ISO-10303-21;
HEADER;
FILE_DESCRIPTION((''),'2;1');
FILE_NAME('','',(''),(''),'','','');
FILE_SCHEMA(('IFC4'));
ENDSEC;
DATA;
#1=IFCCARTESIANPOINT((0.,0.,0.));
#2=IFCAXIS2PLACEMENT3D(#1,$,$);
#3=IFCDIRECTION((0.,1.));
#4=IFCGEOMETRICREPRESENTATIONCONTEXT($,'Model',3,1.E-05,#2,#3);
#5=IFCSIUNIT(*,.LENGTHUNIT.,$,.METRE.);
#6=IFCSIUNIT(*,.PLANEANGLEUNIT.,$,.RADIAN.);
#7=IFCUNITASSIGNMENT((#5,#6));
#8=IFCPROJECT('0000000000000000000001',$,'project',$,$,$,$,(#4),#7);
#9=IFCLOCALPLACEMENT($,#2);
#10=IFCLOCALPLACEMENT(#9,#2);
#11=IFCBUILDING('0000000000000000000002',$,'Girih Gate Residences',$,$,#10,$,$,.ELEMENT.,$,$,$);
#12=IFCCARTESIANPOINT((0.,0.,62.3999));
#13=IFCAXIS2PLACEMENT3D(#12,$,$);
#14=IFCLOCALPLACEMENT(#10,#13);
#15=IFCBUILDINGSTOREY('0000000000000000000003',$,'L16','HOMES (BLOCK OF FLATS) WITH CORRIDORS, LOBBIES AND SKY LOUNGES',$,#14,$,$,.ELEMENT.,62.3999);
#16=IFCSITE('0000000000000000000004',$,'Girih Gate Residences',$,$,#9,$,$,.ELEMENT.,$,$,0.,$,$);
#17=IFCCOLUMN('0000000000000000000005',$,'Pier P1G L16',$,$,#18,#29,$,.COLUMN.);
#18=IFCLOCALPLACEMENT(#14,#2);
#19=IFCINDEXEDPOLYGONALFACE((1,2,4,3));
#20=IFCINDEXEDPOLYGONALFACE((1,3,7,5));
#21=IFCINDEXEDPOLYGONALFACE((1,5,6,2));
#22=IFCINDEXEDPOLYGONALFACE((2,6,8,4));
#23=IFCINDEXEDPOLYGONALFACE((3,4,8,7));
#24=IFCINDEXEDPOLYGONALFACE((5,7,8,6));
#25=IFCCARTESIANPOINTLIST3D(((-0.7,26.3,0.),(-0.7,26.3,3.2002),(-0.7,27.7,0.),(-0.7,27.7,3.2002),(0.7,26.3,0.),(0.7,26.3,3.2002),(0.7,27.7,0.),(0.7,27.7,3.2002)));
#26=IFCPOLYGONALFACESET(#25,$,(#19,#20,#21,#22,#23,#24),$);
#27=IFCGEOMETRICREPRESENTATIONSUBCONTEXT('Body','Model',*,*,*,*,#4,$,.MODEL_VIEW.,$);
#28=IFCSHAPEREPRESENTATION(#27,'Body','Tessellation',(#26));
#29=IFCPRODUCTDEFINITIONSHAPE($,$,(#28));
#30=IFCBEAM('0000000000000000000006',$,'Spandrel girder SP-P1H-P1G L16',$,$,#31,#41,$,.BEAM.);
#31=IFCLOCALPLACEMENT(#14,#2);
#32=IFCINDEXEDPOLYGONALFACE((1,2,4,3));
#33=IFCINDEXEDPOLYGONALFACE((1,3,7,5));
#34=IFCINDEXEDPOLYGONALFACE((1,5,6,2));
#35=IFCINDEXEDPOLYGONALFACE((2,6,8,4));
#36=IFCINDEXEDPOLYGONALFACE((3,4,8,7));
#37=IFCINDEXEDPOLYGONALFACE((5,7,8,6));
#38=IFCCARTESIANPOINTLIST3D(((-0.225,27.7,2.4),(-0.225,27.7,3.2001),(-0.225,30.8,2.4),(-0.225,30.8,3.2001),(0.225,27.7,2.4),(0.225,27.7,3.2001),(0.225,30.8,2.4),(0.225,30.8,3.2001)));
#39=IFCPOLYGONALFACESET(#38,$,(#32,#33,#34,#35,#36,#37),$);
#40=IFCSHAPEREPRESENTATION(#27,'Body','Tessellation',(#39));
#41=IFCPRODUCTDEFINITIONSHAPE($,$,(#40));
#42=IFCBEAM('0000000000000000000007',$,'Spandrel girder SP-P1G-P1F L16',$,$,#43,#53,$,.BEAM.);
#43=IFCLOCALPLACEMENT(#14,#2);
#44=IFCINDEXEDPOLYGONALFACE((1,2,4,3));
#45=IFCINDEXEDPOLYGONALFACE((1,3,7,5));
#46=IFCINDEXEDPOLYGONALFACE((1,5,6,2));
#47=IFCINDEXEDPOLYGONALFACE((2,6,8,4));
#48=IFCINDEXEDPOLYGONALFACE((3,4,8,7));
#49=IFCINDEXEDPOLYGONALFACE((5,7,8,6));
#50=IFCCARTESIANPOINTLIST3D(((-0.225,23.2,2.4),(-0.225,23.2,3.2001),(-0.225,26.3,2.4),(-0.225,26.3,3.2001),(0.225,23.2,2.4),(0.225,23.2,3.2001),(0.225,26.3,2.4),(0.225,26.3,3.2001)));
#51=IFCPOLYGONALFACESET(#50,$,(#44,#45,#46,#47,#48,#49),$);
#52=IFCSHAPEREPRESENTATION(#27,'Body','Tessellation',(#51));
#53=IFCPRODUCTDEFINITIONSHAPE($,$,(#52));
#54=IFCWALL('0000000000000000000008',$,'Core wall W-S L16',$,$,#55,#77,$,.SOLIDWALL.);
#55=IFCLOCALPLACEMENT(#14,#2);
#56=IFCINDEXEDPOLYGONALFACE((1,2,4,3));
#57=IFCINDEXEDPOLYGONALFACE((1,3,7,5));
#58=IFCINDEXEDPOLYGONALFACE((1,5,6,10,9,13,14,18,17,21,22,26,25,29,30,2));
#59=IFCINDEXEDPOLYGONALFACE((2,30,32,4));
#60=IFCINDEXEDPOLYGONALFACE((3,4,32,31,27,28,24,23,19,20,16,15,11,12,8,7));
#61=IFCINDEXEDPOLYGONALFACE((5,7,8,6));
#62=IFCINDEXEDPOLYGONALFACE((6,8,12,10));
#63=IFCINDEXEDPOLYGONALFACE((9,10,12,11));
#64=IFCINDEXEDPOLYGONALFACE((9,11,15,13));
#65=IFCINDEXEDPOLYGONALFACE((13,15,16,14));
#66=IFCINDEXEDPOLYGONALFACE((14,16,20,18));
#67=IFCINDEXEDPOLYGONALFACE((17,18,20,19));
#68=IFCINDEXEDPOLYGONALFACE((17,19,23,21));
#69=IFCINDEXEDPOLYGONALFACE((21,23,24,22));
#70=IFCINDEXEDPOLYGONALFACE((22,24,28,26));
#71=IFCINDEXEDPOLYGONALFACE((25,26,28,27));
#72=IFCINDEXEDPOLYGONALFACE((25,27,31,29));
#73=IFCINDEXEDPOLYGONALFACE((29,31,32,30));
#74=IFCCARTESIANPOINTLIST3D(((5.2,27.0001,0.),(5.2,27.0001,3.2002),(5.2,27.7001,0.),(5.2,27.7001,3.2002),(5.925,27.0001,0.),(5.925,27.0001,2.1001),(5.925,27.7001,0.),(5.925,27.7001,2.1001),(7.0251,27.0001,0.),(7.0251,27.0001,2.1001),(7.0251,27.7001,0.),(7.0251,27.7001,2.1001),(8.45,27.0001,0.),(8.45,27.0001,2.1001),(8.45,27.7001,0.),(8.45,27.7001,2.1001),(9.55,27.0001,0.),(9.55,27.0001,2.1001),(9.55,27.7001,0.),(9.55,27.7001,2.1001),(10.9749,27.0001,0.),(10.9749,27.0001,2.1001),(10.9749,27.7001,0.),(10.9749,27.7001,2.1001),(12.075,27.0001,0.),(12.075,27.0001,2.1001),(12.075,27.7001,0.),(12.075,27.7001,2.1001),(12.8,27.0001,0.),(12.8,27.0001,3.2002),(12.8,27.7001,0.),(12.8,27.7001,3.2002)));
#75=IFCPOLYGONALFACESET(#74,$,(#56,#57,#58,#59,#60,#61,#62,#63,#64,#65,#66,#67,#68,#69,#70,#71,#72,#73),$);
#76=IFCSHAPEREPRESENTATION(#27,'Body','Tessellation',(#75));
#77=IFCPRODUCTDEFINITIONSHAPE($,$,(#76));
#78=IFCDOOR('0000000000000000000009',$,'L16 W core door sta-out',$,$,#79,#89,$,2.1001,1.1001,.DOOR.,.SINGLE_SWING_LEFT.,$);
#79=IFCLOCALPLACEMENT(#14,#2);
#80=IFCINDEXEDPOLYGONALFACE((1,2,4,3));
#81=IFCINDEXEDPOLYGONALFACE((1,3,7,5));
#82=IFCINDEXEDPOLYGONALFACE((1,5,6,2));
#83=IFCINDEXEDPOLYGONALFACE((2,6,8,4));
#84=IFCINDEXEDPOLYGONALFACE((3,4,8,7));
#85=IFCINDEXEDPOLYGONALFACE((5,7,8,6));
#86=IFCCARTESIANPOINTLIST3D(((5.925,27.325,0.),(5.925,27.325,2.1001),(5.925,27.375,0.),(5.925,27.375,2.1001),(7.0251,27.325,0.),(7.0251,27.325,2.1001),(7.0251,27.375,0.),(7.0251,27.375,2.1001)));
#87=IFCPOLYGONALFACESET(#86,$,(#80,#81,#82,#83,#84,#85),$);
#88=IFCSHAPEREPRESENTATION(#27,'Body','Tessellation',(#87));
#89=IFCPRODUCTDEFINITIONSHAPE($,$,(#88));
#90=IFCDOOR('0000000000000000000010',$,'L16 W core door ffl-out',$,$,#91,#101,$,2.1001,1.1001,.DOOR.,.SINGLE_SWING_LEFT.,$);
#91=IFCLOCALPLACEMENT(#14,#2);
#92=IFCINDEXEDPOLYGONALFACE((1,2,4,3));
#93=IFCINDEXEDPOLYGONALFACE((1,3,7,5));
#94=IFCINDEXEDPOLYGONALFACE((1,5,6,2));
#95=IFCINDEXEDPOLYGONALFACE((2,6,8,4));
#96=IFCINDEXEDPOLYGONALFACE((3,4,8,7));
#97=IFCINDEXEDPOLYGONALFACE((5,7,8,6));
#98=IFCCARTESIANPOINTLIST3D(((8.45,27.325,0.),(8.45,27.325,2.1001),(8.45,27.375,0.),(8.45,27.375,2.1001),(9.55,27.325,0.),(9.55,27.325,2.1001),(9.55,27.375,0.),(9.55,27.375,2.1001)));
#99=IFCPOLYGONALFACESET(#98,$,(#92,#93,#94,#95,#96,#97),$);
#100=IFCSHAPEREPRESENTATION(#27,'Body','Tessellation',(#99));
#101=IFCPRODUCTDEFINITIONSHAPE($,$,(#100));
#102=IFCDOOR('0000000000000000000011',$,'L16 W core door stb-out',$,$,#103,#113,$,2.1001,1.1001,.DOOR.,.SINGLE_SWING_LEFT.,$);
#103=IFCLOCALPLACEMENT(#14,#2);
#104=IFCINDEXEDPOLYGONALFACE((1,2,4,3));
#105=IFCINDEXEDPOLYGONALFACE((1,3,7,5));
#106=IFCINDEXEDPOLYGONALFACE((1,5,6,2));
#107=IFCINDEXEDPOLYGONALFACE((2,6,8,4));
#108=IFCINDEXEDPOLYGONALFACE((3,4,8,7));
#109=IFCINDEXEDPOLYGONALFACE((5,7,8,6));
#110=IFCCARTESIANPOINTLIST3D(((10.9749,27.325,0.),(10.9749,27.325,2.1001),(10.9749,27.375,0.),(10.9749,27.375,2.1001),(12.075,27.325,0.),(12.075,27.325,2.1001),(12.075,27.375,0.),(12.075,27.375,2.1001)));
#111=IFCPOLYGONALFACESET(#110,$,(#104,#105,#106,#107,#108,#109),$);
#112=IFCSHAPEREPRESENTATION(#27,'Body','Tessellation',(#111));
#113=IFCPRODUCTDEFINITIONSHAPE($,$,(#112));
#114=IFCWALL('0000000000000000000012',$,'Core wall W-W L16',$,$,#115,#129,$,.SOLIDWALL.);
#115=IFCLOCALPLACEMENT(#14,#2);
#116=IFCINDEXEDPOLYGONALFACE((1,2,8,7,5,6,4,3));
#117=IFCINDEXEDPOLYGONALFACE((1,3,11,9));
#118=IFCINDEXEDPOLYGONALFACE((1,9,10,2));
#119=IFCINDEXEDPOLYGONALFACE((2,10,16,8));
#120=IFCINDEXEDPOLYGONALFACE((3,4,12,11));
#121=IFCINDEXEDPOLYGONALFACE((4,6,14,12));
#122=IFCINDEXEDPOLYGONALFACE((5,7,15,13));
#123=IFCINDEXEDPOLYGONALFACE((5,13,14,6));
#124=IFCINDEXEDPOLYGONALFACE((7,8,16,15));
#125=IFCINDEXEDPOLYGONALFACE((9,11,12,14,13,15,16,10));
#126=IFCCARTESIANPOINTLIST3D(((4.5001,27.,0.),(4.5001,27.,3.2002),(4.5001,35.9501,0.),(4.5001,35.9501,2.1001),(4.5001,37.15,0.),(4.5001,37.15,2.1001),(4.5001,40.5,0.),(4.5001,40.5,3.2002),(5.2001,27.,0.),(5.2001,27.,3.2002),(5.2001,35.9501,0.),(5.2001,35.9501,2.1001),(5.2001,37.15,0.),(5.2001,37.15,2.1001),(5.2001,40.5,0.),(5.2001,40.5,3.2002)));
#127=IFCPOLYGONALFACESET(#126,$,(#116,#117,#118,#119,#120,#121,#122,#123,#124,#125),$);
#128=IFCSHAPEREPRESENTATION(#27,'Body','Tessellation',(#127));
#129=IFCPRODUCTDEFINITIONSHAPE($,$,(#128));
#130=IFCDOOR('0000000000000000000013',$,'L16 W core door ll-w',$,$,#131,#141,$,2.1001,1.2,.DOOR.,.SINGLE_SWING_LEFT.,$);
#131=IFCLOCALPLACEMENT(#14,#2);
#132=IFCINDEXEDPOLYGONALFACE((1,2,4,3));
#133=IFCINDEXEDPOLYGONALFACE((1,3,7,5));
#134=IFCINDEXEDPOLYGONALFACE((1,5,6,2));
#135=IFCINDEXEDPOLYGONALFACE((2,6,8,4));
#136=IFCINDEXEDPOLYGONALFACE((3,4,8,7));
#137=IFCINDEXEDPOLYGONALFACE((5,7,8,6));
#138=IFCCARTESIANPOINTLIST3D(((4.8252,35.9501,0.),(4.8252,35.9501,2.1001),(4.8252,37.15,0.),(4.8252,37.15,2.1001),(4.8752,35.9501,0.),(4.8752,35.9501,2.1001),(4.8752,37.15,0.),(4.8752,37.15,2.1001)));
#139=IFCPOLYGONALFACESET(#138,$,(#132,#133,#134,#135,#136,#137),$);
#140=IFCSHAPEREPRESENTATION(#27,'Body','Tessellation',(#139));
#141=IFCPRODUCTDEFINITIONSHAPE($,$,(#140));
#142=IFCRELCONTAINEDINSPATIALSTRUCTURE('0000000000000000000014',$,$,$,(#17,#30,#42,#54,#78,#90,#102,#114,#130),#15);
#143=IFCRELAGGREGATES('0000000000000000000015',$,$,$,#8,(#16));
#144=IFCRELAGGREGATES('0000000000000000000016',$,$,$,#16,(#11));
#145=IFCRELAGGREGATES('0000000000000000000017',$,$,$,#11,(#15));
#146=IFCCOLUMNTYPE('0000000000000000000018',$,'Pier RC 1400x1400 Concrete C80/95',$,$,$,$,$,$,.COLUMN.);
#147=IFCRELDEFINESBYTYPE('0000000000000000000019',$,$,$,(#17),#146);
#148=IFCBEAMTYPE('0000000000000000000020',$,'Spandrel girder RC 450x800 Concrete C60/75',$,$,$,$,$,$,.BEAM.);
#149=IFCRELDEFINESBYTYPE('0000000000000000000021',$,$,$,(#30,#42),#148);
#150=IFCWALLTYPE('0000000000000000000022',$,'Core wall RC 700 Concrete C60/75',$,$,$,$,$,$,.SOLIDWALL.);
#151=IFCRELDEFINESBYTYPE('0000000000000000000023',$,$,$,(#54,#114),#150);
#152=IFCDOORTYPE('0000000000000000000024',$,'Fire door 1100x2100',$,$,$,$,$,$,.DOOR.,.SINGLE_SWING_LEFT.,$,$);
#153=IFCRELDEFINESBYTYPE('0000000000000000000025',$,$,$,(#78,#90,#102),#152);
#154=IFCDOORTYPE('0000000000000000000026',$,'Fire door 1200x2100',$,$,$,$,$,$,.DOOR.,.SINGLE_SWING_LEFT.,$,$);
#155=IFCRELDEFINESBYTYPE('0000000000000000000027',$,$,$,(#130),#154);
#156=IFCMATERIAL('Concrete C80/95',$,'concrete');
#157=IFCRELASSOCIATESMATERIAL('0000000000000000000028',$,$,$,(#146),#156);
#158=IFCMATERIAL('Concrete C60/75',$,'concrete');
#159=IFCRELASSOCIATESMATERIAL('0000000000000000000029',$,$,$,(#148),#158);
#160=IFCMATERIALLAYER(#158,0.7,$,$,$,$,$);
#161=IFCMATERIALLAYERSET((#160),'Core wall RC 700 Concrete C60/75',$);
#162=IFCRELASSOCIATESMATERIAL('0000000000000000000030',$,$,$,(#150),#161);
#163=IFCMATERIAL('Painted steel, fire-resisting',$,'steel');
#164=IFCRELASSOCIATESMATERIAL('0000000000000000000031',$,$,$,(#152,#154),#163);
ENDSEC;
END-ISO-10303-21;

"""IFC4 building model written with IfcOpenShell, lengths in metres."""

from ifc_helpers import new_model, si_unit, direction, frame, frame_2d, origin, origin_2d, place, context, subcontext, project, spatial, rectangle, extrude, material, layer, layer_set, material_profile, profile_set, type_object, element, fill, save


model = new_model("IFC4")

# Units and contexts
model_context = context("Model", 3, precision=1e-05, world=origin(), true_north=direction((0.0, 1.0)))
body_context = subcontext(model_context, "Body", "Model", "MODEL_VIEW")
ifc_project = project(units=[si_unit("LENGTHUNIT", "METRE"), si_unit("PLANEANGLEUNIT", "RADIAN")], contexts=[model_context])

# Site, building, storey
site_placement = place(None, origin())
site = spatial("IfcSite", under=ifc_project, at=site_placement, Name="Girih Gate Residences", CompositionType="ELEMENT", RefElevation=0.0)
building_placement = place(site_placement, origin())
building = spatial("IfcBuilding", under=site, at=building_placement, Name="Girih Gate Residences", CompositionType="ELEMENT")
storey_placement = place(building_placement, frame((0.0, 0.0, 62.3999)))
storey = spatial("IfcBuildingStorey", under=building, at=storey_placement, Name="L16", Description="HOMES (BLOCK OF FLATS) WITH CORRIDORS, LOBBIES AND SKY LOUNGES", CompositionType="ELEMENT", Elevation=62.3999)

# Column
ifc_material_1 = material(Name="Concrete C80/95", Category="concrete")
ifc_material_profile_1 = material_profile(ifc_material_1, rectangle(XDim=1.3999, YDim=1.3999, at=origin_2d()))
ifc_profile_set_1 = profile_set([ifc_material_profile_1], Name="Concrete C80/95")
column_type = type_object("IfcColumnType", Name="Pier RC 1400x1400 Concrete C80/95", PredefinedType="COLUMN", material=ifc_profile_set_1)
column_placement = place(storey_placement, frame((0.0, 27.0, 0.0), z_axis=(0.0, 0.0, 1.0), x_axis=(1.0, 0.0, 0.0)))
element("IfcColumn", 1, at=column_placement, inside=storey, type_object=column_type, Name="Pier P1G L16", PredefinedType="COLUMN", context=body_context, shape_type="SweptSolid", body=[
    extrude(rectangle(XDim=1.3999, YDim=1.3999, at=origin_2d()), origin(), (0.0, 0.0, 1.0), 3.2002),
])

# Beams
ifc_material_2 = material(Name="Concrete C60/75", Category="concrete")
ifc_material_profile_2 = material_profile(ifc_material_2, rectangle(XDim=0.45, YDim=0.8, at=origin_2d()))
ifc_profile_set_2 = profile_set([ifc_material_profile_2], Name="Concrete C60/75")
beam_type = type_object("IfcBeamType", Name="Spandrel girder RC 450x800 Concrete C60/75", PredefinedType="BEAM", material=ifc_profile_set_2)
for number, where, z_axis, x_axis, name in (
    (2, (0.0, 30.8, 2.8), (0.0, -1.0, 0.0), (1.0, 0.0, 0.0), "Spandrel girder SP-P1H-P1G L16"),
    (3, (0.0, 26.3, 2.8), (0.0, -1.0, 0.0), (1.0, 0.0, 0.0), "Spandrel girder SP-P1G-P1F L16"),
):
    element("IfcBeam", number, at=place(storey_placement, frame(where, z_axis=z_axis, x_axis=x_axis)), inside=storey, type_object=beam_type, Name=name, PredefinedType="BEAM", context=body_context, shape_type="SweptSolid", body=[
        extrude(rectangle(XDim=0.45, YDim=0.8, at=origin_2d()), origin(), (0.0, 0.0, 1.0), 3.1001),
    ])

# Wall, openings, doors
ifc_layer_1 = layer(ifc_material_2, 0.7)
ifc_layer_set_1 = layer_set([ifc_layer_1], Name="Core wall RC 700 Concrete C60/75")
wall_type_1 = type_object("IfcWallType", Name="Core wall RC 700 Concrete C60/75", PredefinedType="SOLIDWALL", material=ifc_layer_set_1)
wall_1_placement = place(storey_placement, frame((5.2, 27.3501, 0.0), z_axis=(0.0, 0.0, 1.0), x_axis=(1.0, 0.0, 0.0)))
wall_1 = element("IfcWall", 4, at=wall_1_placement, inside=storey, type_object=wall_type_1, Name="Core wall W-S L16", PredefinedType="SOLIDWALL", context=body_context, shape_type="SweptSolid", body=[
    extrude(rectangle(XDim=7.6001, YDim=0.7, at=frame_2d((3.8, 0.0))), origin(), (0.0, 0.0, 1.0), 3.2002),
])
opening_1_placement = place(wall_1_placement, frame((0.7251, 0.0, 0.0)))
opening_1 = element("IfcOpeningElement", 5, at=opening_1_placement, cuts=wall_1, PredefinedType="OPENING", context=body_context, shape_type="SweptSolid", body=[
    extrude(rectangle(XDim=1.1001, YDim=2.1001, at=frame_2d((0.55, 1.05))), frame((0.0, 0.3599, 0.0), z_axis=(0.0, -1.0, 0.0), x_axis=(1.0, 0.0, 0.0)), (0.0, 0.0, 1.0), 0.72),
])
opening_2_placement = place(wall_1_placement, frame((3.25, 0.0, 0.0)))
opening_2 = element("IfcOpeningElement", 6, at=opening_2_placement, cuts=wall_1, PredefinedType="OPENING", context=body_context, shape_type="SweptSolid", body=[
    extrude(rectangle(XDim=1.1001, YDim=2.1001, at=frame_2d((0.55, 1.05))), frame((0.0, 0.3599, 0.0), z_axis=(0.0, -1.0, 0.0), x_axis=(1.0, 0.0, 0.0)), (0.0, 0.0, 1.0), 0.72),
])
opening_3_placement = place(wall_1_placement, frame((5.7749, 0.0, 0.0)))
opening_3 = element("IfcOpeningElement", 7, at=opening_3_placement, cuts=wall_1, PredefinedType="OPENING", context=body_context, shape_type="SweptSolid", body=[
    extrude(rectangle(XDim=1.1001, YDim=2.1001, at=frame_2d((0.55, 1.05))), frame((0.0, 0.3599, 0.0), z_axis=(0.0, -1.0, 0.0), x_axis=(1.0, 0.0, 0.0)), (0.0, 0.0, 1.0), 0.72),
])
ifc_material_3 = material(Name="Painted steel, fire-resisting", Category="steel")
door_type_1 = type_object("IfcDoorType", Name="Fire door 1100x2100", OperationType="SINGLE_SWING_LEFT", PredefinedType="DOOR", material=ifc_material_3)
door_1_placement = place(opening_1_placement, origin())
door_1 = element("IfcDoor", 8, at=door_1_placement, inside=storey, type_object=door_type_1, Name="L16 W core door sta-out", OperationType="SINGLE_SWING_LEFT", OverallHeight=2.1001, OverallWidth=1.1001, PredefinedType="DOOR", context=body_context, shape_type="SweptSolid", body=[
    extrude(rectangle(XDim=1.1001, YDim=2.1001, at=frame_2d((0.55, 1.05))), frame((0.0, 0.0249, 0.0), z_axis=(0.0, -1.0, 0.0), x_axis=(1.0, 0.0, 0.0)), (0.0, 0.0, 1.0), 0.05),
])
fill(opening_1, door_1)
door_2_placement = place(opening_2_placement, origin())
door_2 = element("IfcDoor", 9, at=door_2_placement, inside=storey, type_object=door_type_1, Name="L16 W core door ffl-out", OperationType="SINGLE_SWING_LEFT", OverallHeight=2.1001, OverallWidth=1.1001, PredefinedType="DOOR", context=body_context, shape_type="SweptSolid", body=[
    extrude(rectangle(XDim=1.1001, YDim=2.1001, at=frame_2d((0.55, 1.05))), frame((0.0, 0.0249, 0.0), z_axis=(0.0, -1.0, 0.0), x_axis=(1.0, 0.0, 0.0)), (0.0, 0.0, 1.0), 0.05),
])
fill(opening_2, door_2)
door_3_placement = place(opening_3_placement, origin())
door_3 = element("IfcDoor", 10, at=door_3_placement, inside=storey, type_object=door_type_1, Name="L16 W core door stb-out", OperationType="SINGLE_SWING_LEFT", OverallHeight=2.1001, OverallWidth=1.1001, PredefinedType="DOOR", context=body_context, shape_type="SweptSolid", body=[
    extrude(rectangle(XDim=1.1001, YDim=2.1001, at=frame_2d((0.55, 1.05))), frame((0.0, 0.0249, 0.0), z_axis=(0.0, -1.0, 0.0), x_axis=(1.0, 0.0, 0.0)), (0.0, 0.0, 1.0), 0.05),
])
fill(opening_3, door_3)

# Wall, opening, door
wall_2_placement = place(storey_placement, frame((4.8501, 27.0, 0.0), z_axis=(0.0, 0.0, 1.0), x_axis=(0.0, 1.0, 0.0)))
wall_2 = element("IfcWall", 11, at=wall_2_placement, inside=storey, type_object=wall_type_1, Name="Core wall W-W L16", PredefinedType="SOLIDWALL", context=body_context, shape_type="SweptSolid", body=[
    extrude(rectangle(XDim=13.5, YDim=0.7, at=frame_2d((6.75, 0.0))), origin(), (0.0, 0.0, 1.0), 3.2002),
])
opening_4_placement = place(wall_2_placement, frame((8.95, 0.0, 0.0)))
opening_4 = element("IfcOpeningElement", 12, at=opening_4_placement, cuts=wall_2, PredefinedType="OPENING", context=body_context, shape_type="SweptSolid", body=[
    extrude(rectangle(XDim=1.2, YDim=2.1001, at=frame_2d((0.6001, 1.05))), frame((0.0, 0.3599, 0.0), z_axis=(0.0, -1.0, 0.0), x_axis=(1.0, 0.0, 0.0)), (0.0, 0.0, 1.0), 0.72),
])
door_type_2 = type_object("IfcDoorType", Name="Fire door 1200x2100", OperationType="SINGLE_SWING_LEFT", PredefinedType="DOOR", material=ifc_material_3)
door_4_placement = place(opening_4_placement, origin())
door_4 = element("IfcDoor", 13, at=door_4_placement, inside=storey, type_object=door_type_2, Name="L16 W core door ll-w", OperationType="SINGLE_SWING_LEFT", OverallHeight=2.1001, OverallWidth=1.2, PredefinedType="DOOR", context=body_context, shape_type="SweptSolid", body=[
    extrude(rectangle(XDim=1.2, YDim=2.1001, at=frame_2d((0.6001, 1.05))), frame((0.0, 0.0249, 0.0), z_axis=(0.0, -1.0, 0.0), x_axis=(1.0, 0.0, 0.0)), (0.0, 0.0, 1.0), 0.05),
])
fill(opening_4, door_4)

save(model, "model.ifc")
